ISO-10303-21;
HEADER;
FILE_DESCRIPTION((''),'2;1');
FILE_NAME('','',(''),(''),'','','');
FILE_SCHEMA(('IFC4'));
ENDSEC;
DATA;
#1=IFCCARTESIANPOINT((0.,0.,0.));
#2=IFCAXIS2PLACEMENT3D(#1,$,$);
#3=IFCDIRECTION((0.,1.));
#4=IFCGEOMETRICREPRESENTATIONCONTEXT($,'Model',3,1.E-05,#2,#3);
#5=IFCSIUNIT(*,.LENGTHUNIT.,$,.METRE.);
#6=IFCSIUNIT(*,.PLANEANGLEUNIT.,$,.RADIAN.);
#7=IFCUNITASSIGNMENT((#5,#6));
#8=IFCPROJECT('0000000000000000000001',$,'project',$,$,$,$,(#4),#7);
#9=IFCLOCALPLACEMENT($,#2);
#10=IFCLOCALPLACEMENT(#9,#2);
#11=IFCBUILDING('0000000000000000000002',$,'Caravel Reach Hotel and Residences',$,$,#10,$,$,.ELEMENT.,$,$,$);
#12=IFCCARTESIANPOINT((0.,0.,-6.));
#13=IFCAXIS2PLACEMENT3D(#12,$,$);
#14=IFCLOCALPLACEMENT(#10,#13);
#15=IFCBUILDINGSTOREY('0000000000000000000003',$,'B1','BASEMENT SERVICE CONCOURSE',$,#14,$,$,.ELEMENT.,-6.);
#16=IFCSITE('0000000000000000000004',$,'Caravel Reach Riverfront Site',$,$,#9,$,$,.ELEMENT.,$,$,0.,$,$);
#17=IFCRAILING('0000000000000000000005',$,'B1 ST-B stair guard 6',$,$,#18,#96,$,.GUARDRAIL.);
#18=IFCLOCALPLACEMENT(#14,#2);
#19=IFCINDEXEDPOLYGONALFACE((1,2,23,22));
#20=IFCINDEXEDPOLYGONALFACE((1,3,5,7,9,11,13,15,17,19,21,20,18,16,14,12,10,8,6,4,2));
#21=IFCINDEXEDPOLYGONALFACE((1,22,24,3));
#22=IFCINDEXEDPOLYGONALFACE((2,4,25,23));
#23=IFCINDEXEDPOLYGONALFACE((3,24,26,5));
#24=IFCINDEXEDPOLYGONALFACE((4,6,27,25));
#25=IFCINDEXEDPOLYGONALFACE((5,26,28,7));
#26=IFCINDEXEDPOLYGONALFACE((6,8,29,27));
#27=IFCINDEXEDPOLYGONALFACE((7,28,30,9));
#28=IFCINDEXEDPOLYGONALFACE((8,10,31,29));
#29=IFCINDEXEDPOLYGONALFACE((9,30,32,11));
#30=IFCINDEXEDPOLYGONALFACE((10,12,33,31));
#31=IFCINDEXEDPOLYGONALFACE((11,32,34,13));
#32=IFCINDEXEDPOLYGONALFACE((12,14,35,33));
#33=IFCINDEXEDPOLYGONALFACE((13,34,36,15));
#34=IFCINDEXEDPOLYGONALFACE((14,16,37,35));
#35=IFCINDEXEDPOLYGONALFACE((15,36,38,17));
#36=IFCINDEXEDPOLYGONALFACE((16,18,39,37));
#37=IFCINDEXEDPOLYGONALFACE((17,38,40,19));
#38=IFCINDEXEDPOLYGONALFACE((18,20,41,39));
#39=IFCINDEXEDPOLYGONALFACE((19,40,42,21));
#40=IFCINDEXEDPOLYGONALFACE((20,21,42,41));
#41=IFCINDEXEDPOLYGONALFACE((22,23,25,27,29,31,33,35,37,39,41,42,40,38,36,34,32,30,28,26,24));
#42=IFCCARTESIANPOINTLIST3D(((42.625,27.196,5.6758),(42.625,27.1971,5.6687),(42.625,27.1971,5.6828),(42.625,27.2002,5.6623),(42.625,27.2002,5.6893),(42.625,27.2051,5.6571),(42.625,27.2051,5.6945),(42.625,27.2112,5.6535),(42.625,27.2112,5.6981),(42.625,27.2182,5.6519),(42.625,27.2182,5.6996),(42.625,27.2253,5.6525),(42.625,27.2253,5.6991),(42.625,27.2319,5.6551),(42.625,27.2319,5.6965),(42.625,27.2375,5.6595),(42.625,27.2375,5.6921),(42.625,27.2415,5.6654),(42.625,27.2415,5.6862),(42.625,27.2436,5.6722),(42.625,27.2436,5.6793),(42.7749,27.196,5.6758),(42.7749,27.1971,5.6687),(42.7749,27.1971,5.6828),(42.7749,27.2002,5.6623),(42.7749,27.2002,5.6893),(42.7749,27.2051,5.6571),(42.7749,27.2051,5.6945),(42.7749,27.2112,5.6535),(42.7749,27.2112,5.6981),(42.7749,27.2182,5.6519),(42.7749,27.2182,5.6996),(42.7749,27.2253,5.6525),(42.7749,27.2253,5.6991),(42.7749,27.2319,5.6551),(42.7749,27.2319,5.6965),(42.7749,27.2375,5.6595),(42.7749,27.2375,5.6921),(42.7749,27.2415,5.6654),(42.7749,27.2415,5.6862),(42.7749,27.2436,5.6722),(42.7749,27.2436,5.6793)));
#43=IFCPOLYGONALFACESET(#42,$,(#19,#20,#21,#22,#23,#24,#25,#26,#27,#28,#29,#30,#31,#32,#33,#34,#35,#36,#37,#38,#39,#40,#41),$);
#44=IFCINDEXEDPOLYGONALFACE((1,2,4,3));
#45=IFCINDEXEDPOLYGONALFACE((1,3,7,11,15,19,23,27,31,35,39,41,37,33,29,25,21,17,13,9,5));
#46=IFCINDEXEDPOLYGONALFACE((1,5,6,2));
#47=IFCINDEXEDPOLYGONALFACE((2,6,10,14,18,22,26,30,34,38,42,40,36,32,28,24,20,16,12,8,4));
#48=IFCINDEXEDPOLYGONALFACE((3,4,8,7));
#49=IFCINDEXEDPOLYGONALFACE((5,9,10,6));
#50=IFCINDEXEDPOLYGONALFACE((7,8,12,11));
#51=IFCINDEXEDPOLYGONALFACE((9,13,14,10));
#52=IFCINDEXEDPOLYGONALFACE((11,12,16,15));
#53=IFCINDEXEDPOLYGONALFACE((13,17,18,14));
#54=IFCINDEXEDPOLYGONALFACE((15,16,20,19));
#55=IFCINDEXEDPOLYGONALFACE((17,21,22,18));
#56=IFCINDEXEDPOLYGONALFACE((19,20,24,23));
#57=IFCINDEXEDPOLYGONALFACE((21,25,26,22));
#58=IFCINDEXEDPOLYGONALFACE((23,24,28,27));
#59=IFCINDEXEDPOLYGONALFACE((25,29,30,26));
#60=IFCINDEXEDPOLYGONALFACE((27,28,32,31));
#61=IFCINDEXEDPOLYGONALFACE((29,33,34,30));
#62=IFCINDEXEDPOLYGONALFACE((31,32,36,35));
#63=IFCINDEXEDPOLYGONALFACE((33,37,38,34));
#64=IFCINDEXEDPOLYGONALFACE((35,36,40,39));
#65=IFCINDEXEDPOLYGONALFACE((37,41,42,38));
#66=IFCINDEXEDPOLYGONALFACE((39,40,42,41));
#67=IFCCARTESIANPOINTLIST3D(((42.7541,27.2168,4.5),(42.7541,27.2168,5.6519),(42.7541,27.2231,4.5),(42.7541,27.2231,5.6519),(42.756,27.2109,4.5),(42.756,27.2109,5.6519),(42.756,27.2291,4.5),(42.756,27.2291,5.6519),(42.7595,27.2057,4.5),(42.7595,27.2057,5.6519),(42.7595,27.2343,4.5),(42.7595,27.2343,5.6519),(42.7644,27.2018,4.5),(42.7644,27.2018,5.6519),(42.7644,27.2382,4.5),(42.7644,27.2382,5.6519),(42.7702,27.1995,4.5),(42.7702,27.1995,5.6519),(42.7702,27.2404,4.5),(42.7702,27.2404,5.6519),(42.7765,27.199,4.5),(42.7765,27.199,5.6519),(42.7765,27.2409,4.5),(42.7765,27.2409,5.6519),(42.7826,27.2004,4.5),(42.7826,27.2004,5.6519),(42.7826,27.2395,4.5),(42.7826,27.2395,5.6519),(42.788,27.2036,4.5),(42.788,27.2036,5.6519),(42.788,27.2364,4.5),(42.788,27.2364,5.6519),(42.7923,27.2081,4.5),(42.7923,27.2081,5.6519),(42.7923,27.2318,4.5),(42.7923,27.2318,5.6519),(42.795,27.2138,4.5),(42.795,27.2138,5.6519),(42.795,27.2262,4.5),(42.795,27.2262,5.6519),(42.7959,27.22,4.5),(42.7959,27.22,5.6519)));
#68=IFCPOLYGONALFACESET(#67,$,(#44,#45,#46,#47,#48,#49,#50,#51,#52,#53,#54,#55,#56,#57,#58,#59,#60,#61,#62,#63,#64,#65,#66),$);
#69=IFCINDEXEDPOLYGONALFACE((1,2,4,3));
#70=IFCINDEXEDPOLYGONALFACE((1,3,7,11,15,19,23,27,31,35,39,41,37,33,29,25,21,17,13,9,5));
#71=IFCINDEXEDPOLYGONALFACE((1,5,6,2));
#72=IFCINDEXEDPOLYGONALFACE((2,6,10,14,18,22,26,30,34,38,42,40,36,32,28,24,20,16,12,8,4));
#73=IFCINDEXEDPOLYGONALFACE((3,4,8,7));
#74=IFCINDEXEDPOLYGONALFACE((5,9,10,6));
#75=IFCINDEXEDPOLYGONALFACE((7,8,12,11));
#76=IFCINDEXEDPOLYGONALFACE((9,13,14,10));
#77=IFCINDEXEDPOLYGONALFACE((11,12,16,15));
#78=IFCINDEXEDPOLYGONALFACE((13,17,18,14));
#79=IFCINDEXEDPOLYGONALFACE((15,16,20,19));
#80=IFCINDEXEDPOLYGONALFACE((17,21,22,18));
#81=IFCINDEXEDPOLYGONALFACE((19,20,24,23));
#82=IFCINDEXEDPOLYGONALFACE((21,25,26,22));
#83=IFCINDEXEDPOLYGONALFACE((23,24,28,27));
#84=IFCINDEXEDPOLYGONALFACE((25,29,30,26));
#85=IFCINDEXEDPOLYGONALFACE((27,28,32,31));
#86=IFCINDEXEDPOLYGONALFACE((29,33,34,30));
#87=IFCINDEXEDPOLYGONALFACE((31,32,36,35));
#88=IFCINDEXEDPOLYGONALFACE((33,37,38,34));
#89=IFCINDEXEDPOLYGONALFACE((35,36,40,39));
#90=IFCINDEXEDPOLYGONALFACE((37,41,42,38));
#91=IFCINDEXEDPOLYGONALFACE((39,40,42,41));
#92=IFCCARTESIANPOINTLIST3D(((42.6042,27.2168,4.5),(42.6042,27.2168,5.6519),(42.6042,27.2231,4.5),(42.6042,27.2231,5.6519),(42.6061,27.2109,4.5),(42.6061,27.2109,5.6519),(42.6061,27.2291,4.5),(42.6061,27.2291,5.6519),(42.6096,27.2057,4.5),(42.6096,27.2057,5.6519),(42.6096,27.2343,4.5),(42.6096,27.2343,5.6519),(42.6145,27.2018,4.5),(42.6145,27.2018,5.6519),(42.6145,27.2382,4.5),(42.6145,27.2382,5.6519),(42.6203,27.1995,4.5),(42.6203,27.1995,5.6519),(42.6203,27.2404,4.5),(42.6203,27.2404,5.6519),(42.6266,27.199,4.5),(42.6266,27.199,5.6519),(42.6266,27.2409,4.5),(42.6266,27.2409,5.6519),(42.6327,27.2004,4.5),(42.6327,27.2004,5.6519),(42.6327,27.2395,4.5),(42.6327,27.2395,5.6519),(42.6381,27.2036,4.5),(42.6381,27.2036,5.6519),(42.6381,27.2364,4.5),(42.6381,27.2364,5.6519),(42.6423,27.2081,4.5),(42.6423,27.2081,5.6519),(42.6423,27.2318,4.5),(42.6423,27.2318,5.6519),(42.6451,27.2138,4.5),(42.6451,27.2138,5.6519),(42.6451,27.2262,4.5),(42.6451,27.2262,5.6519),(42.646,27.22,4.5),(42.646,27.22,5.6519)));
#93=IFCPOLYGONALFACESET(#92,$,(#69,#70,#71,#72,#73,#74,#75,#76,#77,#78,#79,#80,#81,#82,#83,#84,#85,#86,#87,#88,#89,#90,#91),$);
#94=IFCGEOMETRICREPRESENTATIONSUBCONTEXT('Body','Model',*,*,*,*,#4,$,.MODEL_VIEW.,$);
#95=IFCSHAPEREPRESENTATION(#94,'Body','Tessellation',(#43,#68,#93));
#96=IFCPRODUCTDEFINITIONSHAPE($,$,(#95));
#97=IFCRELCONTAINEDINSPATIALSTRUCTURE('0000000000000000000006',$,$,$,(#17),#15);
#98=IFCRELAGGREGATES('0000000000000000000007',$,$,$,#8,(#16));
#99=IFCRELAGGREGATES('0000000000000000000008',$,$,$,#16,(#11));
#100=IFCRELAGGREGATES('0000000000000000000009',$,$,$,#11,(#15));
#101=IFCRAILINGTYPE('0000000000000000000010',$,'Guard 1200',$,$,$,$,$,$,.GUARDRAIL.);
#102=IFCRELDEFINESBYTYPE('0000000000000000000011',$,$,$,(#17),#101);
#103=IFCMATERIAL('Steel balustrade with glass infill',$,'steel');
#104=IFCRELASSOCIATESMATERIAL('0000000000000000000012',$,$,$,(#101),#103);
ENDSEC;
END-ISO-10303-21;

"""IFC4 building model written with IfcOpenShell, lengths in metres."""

from ifc_helpers import new_model, si_unit, direction, frame, origin, origin_2d, place, context, subcontext, project, spatial, circle, extrude, material, type_object, element, save


model = new_model("IFC4")

# Units and contexts
model_context = context("Model", 3, precision=1e-05, world=origin(), true_north=direction((0.0, 1.0)))
body_context = subcontext(model_context, "Body", "Model", "MODEL_VIEW")
ifc_project = project(units=[si_unit("LENGTHUNIT", "METRE"), si_unit("PLANEANGLEUNIT", "RADIAN")], contexts=[model_context])

# Site, building, storey
site_placement = place(None, origin())
site = spatial("IfcSite", under=ifc_project, at=site_placement, Name="Caravel Reach Riverfront Site", CompositionType="ELEMENT", RefElevation=0.0)
building_placement = place(site_placement, origin())
building = spatial("IfcBuilding", under=site, at=building_placement, Name="Caravel Reach Hotel and Residences", CompositionType="ELEMENT")
storey_placement = place(building_placement, frame((0.0, 0.0, -6.0)))
storey = spatial("IfcBuildingStorey", under=building, at=storey_placement, Name="B1", Description="BASEMENT SERVICE CONCOURSE", CompositionType="ELEMENT", Elevation=-6.0)

# Railing
ifc_material_1 = material(Name="Steel balustrade with glass infill", Category="steel")
railing_type_1 = type_object("IfcRailingType", Name="Guard 1200", PredefinedType="GUARDRAIL", material=ifc_material_1)
railing_1_placement = place(storey_placement, frame((42.7749, 27.22, 4.5)))
element("IfcRailing", 1, at=railing_1_placement, inside=storey, type_object=railing_type_1, Name="B1 ST-B stair guard 6", PredefinedType="GUARDRAIL", context=body_context, shape_type="SweptSolid", body=[
    extrude(circle(Radius=0.0239, at=origin_2d()), frame((0.0, 0.0, 1.1758), z_axis=(-1.0, 0.0, 0.0), x_axis=(0.0, -1.0, 0.0)), (0.0, 0.0, 1.0), 0.1499),
    extrude(circle(Radius=0.021, at=origin_2d()), origin(), (0.0, 0.0, 1.0), 1.1519),
    extrude(circle(Radius=0.021, at=origin_2d()), frame((-0.1499, 0.0, 0.0)), (0.0, 0.0, 1.0), 1.1519),
])

save(model, "model.ifc")
